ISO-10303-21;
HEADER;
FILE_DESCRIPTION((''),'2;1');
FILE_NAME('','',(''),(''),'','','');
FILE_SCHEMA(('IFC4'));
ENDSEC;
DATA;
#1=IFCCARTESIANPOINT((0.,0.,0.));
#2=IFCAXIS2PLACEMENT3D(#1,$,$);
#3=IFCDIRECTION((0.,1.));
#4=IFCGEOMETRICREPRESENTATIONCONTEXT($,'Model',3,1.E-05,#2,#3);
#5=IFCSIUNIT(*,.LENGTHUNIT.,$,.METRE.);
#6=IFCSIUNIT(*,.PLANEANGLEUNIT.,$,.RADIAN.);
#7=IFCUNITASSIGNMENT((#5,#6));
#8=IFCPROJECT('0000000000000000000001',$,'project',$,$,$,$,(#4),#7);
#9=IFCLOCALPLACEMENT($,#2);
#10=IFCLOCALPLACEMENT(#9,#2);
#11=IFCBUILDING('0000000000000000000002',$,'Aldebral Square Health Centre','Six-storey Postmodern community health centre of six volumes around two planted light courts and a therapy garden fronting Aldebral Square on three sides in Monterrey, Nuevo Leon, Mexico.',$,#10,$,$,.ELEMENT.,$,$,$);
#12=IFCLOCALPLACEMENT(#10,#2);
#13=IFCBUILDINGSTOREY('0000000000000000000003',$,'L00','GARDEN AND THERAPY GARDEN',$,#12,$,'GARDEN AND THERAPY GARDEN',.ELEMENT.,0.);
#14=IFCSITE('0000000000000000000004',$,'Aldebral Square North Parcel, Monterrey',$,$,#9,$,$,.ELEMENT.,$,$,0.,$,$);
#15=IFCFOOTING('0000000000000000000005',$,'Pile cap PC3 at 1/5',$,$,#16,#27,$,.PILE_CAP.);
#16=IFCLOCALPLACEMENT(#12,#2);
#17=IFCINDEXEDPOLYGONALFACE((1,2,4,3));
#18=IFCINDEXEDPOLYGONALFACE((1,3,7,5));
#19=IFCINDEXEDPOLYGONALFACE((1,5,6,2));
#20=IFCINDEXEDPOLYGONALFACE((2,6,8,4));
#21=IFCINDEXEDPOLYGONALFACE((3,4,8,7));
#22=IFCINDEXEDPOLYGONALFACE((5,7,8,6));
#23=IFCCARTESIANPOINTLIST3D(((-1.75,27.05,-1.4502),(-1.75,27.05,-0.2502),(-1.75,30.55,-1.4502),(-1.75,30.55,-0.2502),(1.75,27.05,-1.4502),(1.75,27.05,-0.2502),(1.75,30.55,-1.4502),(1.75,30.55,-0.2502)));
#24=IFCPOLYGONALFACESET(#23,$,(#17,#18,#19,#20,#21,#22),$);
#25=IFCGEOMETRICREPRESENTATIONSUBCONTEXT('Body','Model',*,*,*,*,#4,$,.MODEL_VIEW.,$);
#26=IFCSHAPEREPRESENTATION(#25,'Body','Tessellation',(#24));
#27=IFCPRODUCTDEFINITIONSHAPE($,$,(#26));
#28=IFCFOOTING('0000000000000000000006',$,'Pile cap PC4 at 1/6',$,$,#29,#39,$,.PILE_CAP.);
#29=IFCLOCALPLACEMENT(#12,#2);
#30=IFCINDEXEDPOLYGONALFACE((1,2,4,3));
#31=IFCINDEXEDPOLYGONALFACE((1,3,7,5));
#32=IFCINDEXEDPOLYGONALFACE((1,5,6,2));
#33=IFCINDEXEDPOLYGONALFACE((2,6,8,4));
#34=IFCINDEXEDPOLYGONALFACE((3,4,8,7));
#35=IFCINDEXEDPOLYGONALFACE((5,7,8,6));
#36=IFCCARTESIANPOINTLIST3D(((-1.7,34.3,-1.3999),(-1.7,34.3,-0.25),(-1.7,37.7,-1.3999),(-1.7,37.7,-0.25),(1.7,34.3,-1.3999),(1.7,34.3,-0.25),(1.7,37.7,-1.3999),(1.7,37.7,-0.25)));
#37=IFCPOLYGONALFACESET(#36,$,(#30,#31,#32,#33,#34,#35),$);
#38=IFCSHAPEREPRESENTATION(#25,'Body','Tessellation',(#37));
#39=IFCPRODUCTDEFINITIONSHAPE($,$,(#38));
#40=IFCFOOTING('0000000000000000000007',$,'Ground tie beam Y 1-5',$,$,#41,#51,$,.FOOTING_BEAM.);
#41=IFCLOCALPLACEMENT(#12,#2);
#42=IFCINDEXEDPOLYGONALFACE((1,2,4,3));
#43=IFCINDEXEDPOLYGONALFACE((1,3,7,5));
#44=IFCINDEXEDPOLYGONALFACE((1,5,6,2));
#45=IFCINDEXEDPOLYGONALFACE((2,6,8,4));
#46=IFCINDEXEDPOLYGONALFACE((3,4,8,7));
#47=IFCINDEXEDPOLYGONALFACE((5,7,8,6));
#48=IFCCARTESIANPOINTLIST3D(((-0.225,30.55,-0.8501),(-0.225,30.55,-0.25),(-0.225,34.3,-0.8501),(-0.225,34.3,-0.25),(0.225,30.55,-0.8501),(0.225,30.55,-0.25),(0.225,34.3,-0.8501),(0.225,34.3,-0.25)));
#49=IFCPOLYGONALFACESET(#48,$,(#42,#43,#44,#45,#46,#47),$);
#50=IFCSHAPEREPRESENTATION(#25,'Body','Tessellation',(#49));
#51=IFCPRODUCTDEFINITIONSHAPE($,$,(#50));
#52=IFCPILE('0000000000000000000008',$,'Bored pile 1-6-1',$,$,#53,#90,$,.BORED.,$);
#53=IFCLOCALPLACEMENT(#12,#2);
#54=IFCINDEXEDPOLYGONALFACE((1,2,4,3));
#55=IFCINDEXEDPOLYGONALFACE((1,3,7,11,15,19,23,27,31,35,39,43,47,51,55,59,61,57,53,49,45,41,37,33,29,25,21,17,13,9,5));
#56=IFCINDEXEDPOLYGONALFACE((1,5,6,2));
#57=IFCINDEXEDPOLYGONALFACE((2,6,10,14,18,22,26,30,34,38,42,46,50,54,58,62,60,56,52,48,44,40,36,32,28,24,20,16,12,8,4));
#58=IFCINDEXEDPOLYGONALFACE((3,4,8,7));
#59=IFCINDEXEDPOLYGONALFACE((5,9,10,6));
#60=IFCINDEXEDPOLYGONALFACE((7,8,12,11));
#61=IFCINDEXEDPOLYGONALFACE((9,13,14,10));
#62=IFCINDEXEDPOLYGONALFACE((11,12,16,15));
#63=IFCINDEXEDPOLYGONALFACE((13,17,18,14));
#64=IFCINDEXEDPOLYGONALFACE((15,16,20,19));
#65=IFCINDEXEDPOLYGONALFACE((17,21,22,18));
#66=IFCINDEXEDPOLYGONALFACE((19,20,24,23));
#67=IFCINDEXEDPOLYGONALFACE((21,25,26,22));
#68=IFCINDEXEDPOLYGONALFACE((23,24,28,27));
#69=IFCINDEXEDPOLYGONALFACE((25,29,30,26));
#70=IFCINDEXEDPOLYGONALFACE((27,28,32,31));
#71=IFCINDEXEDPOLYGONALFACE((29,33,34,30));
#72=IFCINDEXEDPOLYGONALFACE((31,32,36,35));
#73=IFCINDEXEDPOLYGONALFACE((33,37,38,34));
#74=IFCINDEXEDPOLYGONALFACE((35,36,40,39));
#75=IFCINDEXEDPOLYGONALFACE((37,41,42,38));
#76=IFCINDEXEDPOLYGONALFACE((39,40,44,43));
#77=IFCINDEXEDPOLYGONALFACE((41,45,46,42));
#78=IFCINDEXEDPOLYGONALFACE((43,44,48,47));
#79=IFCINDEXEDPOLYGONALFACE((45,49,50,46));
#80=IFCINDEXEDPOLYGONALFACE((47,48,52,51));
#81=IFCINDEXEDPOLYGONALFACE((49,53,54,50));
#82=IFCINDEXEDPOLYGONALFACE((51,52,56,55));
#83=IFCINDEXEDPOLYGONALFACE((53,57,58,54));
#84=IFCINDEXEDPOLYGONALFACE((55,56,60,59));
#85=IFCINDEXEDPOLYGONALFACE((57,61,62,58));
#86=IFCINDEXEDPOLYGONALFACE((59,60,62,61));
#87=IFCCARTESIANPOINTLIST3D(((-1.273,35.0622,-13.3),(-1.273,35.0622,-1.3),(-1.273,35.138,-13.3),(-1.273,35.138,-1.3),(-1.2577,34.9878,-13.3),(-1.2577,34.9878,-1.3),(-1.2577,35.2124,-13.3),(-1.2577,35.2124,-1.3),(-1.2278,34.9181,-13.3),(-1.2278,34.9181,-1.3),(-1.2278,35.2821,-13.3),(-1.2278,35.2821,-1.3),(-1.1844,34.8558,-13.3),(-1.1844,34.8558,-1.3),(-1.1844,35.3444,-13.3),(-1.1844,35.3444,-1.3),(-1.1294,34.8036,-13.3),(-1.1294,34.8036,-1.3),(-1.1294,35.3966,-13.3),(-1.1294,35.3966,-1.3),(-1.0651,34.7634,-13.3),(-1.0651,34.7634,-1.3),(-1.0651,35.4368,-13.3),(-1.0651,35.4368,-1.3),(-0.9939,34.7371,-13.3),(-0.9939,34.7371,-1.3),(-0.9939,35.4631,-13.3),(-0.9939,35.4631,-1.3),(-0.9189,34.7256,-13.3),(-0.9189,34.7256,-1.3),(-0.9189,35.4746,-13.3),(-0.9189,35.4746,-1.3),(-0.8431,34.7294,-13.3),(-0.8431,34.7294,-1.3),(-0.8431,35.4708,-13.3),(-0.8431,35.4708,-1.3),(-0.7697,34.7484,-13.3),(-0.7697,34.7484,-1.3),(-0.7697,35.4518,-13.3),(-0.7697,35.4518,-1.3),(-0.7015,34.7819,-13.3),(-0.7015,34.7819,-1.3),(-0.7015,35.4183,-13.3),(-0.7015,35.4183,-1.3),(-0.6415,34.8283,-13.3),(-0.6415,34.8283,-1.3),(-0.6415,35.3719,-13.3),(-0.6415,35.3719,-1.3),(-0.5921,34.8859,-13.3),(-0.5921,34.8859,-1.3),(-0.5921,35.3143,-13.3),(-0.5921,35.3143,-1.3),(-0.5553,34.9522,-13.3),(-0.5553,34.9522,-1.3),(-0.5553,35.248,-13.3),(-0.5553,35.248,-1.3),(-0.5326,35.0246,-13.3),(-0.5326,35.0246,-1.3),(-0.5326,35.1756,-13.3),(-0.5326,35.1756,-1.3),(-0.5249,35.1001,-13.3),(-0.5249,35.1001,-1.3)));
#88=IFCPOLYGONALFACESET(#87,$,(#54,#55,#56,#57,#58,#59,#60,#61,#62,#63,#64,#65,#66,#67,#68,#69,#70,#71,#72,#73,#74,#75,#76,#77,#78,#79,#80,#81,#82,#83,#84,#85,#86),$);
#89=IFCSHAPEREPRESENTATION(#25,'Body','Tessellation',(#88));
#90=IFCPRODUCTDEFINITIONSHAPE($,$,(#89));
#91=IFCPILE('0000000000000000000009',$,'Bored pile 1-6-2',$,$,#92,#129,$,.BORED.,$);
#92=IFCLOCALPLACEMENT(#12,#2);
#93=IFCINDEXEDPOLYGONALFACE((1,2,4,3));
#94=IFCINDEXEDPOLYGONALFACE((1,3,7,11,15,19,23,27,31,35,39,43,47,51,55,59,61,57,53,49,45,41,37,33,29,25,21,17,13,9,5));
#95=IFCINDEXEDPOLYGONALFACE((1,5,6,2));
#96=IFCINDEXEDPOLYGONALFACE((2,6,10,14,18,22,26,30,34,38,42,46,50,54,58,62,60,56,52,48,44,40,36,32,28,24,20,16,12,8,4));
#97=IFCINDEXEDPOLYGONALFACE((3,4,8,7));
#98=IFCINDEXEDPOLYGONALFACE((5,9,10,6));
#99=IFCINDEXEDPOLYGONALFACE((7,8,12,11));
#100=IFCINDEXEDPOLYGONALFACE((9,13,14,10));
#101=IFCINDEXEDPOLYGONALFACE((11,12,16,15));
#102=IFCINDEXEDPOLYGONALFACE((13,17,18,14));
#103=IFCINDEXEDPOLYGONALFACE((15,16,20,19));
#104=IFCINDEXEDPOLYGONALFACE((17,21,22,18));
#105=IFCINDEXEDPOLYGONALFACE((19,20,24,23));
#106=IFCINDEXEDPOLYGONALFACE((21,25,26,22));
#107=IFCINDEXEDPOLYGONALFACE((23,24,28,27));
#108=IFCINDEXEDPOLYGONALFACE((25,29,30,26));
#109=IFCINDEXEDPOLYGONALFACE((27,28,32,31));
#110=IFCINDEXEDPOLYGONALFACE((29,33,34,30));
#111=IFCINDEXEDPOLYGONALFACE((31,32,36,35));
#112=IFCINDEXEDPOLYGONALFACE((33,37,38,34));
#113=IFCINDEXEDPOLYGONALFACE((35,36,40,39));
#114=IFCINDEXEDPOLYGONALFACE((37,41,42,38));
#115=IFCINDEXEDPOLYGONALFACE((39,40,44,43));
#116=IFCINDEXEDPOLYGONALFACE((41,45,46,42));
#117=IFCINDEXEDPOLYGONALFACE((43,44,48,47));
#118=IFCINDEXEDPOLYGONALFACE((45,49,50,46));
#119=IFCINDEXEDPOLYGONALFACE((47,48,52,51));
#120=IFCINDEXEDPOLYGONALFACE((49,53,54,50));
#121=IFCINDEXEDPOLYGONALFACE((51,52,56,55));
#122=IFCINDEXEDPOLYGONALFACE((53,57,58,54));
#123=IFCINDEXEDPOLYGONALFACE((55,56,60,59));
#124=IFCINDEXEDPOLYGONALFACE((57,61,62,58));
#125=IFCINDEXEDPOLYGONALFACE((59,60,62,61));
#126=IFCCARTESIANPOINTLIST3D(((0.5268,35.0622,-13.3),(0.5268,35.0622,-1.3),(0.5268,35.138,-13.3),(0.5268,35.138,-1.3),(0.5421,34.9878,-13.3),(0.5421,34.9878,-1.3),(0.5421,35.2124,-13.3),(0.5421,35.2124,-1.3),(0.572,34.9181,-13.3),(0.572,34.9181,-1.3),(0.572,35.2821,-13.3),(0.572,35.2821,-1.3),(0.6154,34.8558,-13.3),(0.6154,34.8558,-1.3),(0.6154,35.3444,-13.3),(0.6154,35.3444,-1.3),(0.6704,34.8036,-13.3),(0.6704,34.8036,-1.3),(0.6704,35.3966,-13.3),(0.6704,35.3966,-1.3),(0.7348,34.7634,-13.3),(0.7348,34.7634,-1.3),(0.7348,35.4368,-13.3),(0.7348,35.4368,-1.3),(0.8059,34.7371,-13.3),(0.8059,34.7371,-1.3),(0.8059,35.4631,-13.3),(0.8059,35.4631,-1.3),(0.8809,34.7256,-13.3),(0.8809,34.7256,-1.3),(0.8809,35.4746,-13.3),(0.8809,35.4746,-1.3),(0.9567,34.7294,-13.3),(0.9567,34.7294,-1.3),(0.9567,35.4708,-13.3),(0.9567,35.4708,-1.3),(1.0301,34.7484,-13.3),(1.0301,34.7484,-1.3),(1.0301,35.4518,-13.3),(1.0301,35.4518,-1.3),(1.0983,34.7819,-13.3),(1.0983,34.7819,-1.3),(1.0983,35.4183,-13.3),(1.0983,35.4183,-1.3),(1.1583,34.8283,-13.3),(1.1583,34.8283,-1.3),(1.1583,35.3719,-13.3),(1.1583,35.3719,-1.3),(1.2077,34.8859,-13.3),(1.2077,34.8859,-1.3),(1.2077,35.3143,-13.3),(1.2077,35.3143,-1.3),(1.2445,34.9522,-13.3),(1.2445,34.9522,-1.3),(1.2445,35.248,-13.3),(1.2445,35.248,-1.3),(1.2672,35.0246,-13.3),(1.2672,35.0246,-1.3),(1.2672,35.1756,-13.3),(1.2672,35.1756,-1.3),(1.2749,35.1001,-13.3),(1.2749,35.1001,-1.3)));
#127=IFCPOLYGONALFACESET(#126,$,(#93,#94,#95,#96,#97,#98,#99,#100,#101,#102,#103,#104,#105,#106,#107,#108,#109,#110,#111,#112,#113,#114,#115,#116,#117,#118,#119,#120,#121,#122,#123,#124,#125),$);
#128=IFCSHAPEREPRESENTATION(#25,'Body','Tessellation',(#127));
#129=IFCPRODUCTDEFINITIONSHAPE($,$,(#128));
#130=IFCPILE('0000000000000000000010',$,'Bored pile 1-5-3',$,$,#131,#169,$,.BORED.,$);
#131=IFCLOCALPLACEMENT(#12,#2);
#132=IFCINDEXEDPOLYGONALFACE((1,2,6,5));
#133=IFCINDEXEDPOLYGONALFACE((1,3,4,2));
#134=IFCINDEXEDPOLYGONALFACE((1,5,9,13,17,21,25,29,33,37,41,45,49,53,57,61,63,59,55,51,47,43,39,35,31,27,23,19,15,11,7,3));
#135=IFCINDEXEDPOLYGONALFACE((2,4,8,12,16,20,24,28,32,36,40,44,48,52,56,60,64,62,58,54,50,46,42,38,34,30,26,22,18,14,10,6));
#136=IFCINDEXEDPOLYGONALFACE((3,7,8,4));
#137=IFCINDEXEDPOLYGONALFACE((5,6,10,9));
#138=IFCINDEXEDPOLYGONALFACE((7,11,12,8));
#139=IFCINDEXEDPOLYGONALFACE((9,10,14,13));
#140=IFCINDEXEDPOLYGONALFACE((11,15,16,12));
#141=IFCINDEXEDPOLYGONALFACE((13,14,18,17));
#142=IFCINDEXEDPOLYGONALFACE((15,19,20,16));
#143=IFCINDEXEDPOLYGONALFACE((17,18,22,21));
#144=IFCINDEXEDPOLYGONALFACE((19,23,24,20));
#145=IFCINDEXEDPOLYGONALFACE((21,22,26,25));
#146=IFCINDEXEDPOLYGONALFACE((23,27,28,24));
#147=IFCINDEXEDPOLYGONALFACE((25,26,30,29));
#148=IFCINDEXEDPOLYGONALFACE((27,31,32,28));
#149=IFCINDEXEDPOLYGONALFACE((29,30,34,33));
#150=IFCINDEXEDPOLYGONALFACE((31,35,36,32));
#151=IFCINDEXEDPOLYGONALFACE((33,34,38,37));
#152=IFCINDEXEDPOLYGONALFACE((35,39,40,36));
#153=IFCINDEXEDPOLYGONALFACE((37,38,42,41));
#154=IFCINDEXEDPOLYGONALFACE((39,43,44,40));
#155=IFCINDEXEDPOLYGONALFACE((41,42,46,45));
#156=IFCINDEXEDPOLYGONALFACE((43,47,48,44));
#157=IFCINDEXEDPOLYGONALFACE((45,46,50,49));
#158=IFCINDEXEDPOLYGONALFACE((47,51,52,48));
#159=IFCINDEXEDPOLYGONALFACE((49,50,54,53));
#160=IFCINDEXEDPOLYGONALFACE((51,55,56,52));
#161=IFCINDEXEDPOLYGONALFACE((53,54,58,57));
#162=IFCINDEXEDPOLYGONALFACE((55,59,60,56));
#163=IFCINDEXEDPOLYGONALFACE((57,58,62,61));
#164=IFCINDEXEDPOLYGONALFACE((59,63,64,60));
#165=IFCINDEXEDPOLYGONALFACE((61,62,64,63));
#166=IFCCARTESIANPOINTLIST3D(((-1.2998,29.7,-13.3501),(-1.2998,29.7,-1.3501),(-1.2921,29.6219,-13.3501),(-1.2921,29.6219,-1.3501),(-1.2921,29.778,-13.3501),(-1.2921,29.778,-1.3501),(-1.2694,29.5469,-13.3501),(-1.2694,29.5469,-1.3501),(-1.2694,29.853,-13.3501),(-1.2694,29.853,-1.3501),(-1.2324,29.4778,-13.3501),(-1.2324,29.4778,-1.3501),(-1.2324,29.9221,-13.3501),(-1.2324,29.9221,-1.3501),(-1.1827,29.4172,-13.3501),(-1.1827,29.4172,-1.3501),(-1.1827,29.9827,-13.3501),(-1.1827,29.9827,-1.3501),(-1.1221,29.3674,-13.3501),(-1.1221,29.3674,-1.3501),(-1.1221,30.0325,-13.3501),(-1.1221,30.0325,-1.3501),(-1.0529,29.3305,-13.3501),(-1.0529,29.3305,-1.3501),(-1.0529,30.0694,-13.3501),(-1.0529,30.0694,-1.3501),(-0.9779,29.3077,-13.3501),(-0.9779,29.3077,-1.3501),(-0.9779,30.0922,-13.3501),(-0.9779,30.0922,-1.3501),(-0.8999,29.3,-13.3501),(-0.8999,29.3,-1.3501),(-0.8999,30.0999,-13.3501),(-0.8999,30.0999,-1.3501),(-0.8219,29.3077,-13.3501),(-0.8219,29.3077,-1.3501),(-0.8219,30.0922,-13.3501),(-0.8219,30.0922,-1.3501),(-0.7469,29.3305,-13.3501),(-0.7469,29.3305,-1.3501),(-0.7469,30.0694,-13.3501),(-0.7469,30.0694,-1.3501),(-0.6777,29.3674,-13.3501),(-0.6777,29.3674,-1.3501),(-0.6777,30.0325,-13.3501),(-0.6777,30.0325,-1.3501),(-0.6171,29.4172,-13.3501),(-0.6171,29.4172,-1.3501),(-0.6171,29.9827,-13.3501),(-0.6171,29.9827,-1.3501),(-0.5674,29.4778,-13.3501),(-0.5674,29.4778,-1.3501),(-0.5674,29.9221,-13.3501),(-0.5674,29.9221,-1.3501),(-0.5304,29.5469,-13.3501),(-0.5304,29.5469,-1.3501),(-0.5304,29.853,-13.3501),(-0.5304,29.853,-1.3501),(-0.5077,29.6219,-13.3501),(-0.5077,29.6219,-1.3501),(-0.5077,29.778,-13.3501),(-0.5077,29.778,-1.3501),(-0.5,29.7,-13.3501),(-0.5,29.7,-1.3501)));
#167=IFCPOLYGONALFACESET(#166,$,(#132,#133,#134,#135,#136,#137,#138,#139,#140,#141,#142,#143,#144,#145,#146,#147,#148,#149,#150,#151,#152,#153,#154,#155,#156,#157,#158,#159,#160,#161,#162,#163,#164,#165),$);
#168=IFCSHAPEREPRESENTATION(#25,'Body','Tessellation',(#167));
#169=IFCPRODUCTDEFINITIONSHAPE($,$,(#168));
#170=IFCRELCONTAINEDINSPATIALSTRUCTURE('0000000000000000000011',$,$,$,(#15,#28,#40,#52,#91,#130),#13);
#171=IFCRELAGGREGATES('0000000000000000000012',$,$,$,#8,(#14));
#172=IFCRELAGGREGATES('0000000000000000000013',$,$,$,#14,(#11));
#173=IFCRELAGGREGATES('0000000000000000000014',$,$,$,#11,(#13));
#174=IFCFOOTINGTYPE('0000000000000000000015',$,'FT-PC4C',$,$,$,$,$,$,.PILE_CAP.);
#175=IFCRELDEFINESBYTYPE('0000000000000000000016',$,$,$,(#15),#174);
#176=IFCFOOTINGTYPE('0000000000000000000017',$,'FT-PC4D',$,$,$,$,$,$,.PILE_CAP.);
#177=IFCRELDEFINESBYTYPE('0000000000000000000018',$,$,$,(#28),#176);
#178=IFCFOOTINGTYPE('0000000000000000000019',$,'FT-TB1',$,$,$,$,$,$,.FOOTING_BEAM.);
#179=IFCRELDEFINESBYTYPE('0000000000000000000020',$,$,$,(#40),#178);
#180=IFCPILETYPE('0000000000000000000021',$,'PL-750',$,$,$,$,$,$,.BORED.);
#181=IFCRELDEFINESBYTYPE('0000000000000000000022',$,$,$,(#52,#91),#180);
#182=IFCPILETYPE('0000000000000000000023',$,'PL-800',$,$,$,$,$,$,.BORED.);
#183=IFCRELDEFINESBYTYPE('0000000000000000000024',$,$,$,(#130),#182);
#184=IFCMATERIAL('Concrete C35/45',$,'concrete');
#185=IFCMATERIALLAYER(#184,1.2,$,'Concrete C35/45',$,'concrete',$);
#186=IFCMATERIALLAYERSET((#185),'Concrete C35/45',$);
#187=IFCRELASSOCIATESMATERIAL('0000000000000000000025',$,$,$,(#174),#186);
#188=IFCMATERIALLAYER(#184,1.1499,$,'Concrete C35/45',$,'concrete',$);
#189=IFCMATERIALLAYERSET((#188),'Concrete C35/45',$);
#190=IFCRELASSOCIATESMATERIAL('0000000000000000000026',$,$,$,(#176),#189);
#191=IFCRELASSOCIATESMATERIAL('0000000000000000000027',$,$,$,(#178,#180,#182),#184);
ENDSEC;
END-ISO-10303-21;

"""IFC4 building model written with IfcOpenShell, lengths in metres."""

from ifc_helpers import new_model, si_unit, direction, frame, origin, origin_2d, place, context, subcontext, project, spatial, rectangle, circle, extrude, material, layer, layer_set, material_profile, profile_set, type_object, element, save


model = new_model("IFC4")

# Units and contexts
model_context = context("Model", 3, precision=1e-05, world=origin(), true_north=direction((0.0, 1.0)))
body_context = subcontext(model_context, "Body", "Model", "MODEL_VIEW")
ifc_project = project(units=[si_unit("LENGTHUNIT", "METRE"), si_unit("PLANEANGLEUNIT", "RADIAN")], contexts=[model_context])

# Site, building, storey
site_placement = place(None, origin())
site = spatial("IfcSite", under=ifc_project, at=site_placement, Name="Aldebral Square North Parcel, Monterrey", CompositionType="ELEMENT", RefElevation=0.0)
building_placement = place(site_placement, origin())
building = spatial("IfcBuilding", under=site, at=building_placement, Name="Aldebral Square Health Centre", Description="Six-storey Postmodern community health centre of six volumes around two planted light courts and a therapy garden fronting Aldebral Square on three sides in Monterrey, Nuevo Leon, Mexico.", CompositionType="ELEMENT")
storey_placement = place(building_placement, origin())
storey = spatial("IfcBuildingStorey", under=building, at=storey_placement, Name="L00", Description="GARDEN AND THERAPY GARDEN", LongName="GARDEN AND THERAPY GARDEN", CompositionType="ELEMENT", Elevation=0.0)

# Footings
ifc_material_1 = material(Name="Concrete C35/45", Category="concrete")
ifc_layer_1 = layer(ifc_material_1, 1.2, Name="Concrete C35/45", Category="concrete")
ifc_layer_set_1 = layer_set([ifc_layer_1], Name="Concrete C35/45")
footing_type_1 = type_object("IfcFootingType", Name="FT-PC4C", PredefinedType="PILE_CAP", material=ifc_layer_set_1)
footing_1_placement = place(storey_placement, frame((0.0, 28.8, -1.4502), z_axis=(0.0, 0.0, 1.0), x_axis=(1.0, 0.0, 0.0)))
element("IfcFooting", 1, at=footing_1_placement, inside=storey, type_object=footing_type_1, Name="Pile cap PC3 at 1/5", PredefinedType="PILE_CAP", context=body_context, shape_type="SweptSolid", body=[
    extrude(rectangle(XDim=3.5, YDim=3.5, at=origin_2d()), origin(), (0.0, 0.0, 1.0), 1.2),
])
ifc_layer_2 = layer(ifc_material_1, 1.1499, Name="Concrete C35/45", Category="concrete")
ifc_layer_set_2 = layer_set([ifc_layer_2], Name="Concrete C35/45")
footing_type_2 = type_object("IfcFootingType", Name="FT-PC4D", PredefinedType="PILE_CAP", material=ifc_layer_set_2)
footing_2_placement = place(storey_placement, frame((0.0, 36.0, -1.3999), z_axis=(0.0, 0.0, 1.0), x_axis=(1.0, 0.0, 0.0)))
element("IfcFooting", 2, at=footing_2_placement, inside=storey, type_object=footing_type_2, Name="Pile cap PC4 at 1/6", PredefinedType="PILE_CAP", context=body_context, shape_type="SweptSolid", body=[
    extrude(rectangle(XDim=3.3999, YDim=3.3999, at=origin_2d()), origin(), (0.0, 0.0, 1.0), 1.1499),
])
ifc_material_profile_1 = material_profile(ifc_material_1, rectangle(XDim=0.45, YDim=0.6001, at=origin_2d()), Name="RC 450x600")
ifc_profile_set_1 = profile_set([ifc_material_profile_1], Name="Concrete C35/45")
footing_type_3 = type_object("IfcFootingType", Name="FT-TB1", PredefinedType="FOOTING_BEAM", material=ifc_profile_set_1)
footing_3_placement = place(storey_placement, frame((0.0, 30.55, -0.55), z_axis=(0.0, 1.0, 0.0), x_axis=(-1.0, 0.0, 0.0)))
element("IfcFooting", 3, at=footing_3_placement, inside=storey, type_object=footing_type_3, Name="Ground tie beam Y 1-5", PredefinedType="FOOTING_BEAM", context=body_context, shape_type="SweptSolid", body=[
    extrude(rectangle(XDim=0.45, YDim=0.6001, at=origin_2d()), origin(), (0.0, 0.0, 1.0), 3.75),
])

# Piles
ifc_material_profile_2 = material_profile(ifc_material_1, circle(Radius=0.375, at=origin_2d()), Name="PILE D750")
ifc_profile_set_2 = profile_set([ifc_material_profile_2], Name="Concrete C35/45")
pile_type_1 = type_object("IfcPileType", Name="PL-750", PredefinedType="BORED", material=ifc_profile_set_2)
for number, where, z_axis, x_axis, name in (
    (4, (-0.8999, 35.1001, -1.3), (0.0, 0.0, -1.0), (1.0, 0.0, 0.0), "Bored pile 1-6-1"),
    (5, (0.8999, 35.1001, -1.3), (0.0, 0.0, -1.0), (1.0, 0.0, 0.0), "Bored pile 1-6-2"),
):
    element("IfcPile", number, at=place(storey_placement, frame(where, z_axis=z_axis, x_axis=x_axis)), inside=storey, type_object=pile_type_1, Name=name, PredefinedType="BORED", context=body_context, shape_type="SweptSolid", body=[
        extrude(circle(Radius=0.375, at=origin_2d()), origin(), (0.0, 0.0, 1.0), 12.0),
    ])
ifc_material_profile_3 = material_profile(ifc_material_1, circle(Radius=0.3999, at=origin_2d()), Name="PILE D800")
ifc_profile_set_3 = profile_set([ifc_material_profile_3], Name="Concrete C35/45")
pile_type_2 = type_object("IfcPileType", Name="PL-800", PredefinedType="BORED", material=ifc_profile_set_3)
for number, where, z_axis, x_axis, name in (
    (6, (-0.8999, 29.7, -1.3501), (0.0, 0.0, -1.0), (1.0, 0.0, 0.0), "Bored pile 1-5-3"),
):
    element("IfcPile", number, at=place(storey_placement, frame(where, z_axis=z_axis, x_axis=x_axis)), inside=storey, type_object=pile_type_2, Name=name, PredefinedType="BORED", context=body_context, shape_type="SweptSolid", body=[
        extrude(circle(Radius=0.3999, at=origin_2d()), origin(), (0.0, 0.0, 1.0), 12.0),
    ])

save(model, "model.ifc")
